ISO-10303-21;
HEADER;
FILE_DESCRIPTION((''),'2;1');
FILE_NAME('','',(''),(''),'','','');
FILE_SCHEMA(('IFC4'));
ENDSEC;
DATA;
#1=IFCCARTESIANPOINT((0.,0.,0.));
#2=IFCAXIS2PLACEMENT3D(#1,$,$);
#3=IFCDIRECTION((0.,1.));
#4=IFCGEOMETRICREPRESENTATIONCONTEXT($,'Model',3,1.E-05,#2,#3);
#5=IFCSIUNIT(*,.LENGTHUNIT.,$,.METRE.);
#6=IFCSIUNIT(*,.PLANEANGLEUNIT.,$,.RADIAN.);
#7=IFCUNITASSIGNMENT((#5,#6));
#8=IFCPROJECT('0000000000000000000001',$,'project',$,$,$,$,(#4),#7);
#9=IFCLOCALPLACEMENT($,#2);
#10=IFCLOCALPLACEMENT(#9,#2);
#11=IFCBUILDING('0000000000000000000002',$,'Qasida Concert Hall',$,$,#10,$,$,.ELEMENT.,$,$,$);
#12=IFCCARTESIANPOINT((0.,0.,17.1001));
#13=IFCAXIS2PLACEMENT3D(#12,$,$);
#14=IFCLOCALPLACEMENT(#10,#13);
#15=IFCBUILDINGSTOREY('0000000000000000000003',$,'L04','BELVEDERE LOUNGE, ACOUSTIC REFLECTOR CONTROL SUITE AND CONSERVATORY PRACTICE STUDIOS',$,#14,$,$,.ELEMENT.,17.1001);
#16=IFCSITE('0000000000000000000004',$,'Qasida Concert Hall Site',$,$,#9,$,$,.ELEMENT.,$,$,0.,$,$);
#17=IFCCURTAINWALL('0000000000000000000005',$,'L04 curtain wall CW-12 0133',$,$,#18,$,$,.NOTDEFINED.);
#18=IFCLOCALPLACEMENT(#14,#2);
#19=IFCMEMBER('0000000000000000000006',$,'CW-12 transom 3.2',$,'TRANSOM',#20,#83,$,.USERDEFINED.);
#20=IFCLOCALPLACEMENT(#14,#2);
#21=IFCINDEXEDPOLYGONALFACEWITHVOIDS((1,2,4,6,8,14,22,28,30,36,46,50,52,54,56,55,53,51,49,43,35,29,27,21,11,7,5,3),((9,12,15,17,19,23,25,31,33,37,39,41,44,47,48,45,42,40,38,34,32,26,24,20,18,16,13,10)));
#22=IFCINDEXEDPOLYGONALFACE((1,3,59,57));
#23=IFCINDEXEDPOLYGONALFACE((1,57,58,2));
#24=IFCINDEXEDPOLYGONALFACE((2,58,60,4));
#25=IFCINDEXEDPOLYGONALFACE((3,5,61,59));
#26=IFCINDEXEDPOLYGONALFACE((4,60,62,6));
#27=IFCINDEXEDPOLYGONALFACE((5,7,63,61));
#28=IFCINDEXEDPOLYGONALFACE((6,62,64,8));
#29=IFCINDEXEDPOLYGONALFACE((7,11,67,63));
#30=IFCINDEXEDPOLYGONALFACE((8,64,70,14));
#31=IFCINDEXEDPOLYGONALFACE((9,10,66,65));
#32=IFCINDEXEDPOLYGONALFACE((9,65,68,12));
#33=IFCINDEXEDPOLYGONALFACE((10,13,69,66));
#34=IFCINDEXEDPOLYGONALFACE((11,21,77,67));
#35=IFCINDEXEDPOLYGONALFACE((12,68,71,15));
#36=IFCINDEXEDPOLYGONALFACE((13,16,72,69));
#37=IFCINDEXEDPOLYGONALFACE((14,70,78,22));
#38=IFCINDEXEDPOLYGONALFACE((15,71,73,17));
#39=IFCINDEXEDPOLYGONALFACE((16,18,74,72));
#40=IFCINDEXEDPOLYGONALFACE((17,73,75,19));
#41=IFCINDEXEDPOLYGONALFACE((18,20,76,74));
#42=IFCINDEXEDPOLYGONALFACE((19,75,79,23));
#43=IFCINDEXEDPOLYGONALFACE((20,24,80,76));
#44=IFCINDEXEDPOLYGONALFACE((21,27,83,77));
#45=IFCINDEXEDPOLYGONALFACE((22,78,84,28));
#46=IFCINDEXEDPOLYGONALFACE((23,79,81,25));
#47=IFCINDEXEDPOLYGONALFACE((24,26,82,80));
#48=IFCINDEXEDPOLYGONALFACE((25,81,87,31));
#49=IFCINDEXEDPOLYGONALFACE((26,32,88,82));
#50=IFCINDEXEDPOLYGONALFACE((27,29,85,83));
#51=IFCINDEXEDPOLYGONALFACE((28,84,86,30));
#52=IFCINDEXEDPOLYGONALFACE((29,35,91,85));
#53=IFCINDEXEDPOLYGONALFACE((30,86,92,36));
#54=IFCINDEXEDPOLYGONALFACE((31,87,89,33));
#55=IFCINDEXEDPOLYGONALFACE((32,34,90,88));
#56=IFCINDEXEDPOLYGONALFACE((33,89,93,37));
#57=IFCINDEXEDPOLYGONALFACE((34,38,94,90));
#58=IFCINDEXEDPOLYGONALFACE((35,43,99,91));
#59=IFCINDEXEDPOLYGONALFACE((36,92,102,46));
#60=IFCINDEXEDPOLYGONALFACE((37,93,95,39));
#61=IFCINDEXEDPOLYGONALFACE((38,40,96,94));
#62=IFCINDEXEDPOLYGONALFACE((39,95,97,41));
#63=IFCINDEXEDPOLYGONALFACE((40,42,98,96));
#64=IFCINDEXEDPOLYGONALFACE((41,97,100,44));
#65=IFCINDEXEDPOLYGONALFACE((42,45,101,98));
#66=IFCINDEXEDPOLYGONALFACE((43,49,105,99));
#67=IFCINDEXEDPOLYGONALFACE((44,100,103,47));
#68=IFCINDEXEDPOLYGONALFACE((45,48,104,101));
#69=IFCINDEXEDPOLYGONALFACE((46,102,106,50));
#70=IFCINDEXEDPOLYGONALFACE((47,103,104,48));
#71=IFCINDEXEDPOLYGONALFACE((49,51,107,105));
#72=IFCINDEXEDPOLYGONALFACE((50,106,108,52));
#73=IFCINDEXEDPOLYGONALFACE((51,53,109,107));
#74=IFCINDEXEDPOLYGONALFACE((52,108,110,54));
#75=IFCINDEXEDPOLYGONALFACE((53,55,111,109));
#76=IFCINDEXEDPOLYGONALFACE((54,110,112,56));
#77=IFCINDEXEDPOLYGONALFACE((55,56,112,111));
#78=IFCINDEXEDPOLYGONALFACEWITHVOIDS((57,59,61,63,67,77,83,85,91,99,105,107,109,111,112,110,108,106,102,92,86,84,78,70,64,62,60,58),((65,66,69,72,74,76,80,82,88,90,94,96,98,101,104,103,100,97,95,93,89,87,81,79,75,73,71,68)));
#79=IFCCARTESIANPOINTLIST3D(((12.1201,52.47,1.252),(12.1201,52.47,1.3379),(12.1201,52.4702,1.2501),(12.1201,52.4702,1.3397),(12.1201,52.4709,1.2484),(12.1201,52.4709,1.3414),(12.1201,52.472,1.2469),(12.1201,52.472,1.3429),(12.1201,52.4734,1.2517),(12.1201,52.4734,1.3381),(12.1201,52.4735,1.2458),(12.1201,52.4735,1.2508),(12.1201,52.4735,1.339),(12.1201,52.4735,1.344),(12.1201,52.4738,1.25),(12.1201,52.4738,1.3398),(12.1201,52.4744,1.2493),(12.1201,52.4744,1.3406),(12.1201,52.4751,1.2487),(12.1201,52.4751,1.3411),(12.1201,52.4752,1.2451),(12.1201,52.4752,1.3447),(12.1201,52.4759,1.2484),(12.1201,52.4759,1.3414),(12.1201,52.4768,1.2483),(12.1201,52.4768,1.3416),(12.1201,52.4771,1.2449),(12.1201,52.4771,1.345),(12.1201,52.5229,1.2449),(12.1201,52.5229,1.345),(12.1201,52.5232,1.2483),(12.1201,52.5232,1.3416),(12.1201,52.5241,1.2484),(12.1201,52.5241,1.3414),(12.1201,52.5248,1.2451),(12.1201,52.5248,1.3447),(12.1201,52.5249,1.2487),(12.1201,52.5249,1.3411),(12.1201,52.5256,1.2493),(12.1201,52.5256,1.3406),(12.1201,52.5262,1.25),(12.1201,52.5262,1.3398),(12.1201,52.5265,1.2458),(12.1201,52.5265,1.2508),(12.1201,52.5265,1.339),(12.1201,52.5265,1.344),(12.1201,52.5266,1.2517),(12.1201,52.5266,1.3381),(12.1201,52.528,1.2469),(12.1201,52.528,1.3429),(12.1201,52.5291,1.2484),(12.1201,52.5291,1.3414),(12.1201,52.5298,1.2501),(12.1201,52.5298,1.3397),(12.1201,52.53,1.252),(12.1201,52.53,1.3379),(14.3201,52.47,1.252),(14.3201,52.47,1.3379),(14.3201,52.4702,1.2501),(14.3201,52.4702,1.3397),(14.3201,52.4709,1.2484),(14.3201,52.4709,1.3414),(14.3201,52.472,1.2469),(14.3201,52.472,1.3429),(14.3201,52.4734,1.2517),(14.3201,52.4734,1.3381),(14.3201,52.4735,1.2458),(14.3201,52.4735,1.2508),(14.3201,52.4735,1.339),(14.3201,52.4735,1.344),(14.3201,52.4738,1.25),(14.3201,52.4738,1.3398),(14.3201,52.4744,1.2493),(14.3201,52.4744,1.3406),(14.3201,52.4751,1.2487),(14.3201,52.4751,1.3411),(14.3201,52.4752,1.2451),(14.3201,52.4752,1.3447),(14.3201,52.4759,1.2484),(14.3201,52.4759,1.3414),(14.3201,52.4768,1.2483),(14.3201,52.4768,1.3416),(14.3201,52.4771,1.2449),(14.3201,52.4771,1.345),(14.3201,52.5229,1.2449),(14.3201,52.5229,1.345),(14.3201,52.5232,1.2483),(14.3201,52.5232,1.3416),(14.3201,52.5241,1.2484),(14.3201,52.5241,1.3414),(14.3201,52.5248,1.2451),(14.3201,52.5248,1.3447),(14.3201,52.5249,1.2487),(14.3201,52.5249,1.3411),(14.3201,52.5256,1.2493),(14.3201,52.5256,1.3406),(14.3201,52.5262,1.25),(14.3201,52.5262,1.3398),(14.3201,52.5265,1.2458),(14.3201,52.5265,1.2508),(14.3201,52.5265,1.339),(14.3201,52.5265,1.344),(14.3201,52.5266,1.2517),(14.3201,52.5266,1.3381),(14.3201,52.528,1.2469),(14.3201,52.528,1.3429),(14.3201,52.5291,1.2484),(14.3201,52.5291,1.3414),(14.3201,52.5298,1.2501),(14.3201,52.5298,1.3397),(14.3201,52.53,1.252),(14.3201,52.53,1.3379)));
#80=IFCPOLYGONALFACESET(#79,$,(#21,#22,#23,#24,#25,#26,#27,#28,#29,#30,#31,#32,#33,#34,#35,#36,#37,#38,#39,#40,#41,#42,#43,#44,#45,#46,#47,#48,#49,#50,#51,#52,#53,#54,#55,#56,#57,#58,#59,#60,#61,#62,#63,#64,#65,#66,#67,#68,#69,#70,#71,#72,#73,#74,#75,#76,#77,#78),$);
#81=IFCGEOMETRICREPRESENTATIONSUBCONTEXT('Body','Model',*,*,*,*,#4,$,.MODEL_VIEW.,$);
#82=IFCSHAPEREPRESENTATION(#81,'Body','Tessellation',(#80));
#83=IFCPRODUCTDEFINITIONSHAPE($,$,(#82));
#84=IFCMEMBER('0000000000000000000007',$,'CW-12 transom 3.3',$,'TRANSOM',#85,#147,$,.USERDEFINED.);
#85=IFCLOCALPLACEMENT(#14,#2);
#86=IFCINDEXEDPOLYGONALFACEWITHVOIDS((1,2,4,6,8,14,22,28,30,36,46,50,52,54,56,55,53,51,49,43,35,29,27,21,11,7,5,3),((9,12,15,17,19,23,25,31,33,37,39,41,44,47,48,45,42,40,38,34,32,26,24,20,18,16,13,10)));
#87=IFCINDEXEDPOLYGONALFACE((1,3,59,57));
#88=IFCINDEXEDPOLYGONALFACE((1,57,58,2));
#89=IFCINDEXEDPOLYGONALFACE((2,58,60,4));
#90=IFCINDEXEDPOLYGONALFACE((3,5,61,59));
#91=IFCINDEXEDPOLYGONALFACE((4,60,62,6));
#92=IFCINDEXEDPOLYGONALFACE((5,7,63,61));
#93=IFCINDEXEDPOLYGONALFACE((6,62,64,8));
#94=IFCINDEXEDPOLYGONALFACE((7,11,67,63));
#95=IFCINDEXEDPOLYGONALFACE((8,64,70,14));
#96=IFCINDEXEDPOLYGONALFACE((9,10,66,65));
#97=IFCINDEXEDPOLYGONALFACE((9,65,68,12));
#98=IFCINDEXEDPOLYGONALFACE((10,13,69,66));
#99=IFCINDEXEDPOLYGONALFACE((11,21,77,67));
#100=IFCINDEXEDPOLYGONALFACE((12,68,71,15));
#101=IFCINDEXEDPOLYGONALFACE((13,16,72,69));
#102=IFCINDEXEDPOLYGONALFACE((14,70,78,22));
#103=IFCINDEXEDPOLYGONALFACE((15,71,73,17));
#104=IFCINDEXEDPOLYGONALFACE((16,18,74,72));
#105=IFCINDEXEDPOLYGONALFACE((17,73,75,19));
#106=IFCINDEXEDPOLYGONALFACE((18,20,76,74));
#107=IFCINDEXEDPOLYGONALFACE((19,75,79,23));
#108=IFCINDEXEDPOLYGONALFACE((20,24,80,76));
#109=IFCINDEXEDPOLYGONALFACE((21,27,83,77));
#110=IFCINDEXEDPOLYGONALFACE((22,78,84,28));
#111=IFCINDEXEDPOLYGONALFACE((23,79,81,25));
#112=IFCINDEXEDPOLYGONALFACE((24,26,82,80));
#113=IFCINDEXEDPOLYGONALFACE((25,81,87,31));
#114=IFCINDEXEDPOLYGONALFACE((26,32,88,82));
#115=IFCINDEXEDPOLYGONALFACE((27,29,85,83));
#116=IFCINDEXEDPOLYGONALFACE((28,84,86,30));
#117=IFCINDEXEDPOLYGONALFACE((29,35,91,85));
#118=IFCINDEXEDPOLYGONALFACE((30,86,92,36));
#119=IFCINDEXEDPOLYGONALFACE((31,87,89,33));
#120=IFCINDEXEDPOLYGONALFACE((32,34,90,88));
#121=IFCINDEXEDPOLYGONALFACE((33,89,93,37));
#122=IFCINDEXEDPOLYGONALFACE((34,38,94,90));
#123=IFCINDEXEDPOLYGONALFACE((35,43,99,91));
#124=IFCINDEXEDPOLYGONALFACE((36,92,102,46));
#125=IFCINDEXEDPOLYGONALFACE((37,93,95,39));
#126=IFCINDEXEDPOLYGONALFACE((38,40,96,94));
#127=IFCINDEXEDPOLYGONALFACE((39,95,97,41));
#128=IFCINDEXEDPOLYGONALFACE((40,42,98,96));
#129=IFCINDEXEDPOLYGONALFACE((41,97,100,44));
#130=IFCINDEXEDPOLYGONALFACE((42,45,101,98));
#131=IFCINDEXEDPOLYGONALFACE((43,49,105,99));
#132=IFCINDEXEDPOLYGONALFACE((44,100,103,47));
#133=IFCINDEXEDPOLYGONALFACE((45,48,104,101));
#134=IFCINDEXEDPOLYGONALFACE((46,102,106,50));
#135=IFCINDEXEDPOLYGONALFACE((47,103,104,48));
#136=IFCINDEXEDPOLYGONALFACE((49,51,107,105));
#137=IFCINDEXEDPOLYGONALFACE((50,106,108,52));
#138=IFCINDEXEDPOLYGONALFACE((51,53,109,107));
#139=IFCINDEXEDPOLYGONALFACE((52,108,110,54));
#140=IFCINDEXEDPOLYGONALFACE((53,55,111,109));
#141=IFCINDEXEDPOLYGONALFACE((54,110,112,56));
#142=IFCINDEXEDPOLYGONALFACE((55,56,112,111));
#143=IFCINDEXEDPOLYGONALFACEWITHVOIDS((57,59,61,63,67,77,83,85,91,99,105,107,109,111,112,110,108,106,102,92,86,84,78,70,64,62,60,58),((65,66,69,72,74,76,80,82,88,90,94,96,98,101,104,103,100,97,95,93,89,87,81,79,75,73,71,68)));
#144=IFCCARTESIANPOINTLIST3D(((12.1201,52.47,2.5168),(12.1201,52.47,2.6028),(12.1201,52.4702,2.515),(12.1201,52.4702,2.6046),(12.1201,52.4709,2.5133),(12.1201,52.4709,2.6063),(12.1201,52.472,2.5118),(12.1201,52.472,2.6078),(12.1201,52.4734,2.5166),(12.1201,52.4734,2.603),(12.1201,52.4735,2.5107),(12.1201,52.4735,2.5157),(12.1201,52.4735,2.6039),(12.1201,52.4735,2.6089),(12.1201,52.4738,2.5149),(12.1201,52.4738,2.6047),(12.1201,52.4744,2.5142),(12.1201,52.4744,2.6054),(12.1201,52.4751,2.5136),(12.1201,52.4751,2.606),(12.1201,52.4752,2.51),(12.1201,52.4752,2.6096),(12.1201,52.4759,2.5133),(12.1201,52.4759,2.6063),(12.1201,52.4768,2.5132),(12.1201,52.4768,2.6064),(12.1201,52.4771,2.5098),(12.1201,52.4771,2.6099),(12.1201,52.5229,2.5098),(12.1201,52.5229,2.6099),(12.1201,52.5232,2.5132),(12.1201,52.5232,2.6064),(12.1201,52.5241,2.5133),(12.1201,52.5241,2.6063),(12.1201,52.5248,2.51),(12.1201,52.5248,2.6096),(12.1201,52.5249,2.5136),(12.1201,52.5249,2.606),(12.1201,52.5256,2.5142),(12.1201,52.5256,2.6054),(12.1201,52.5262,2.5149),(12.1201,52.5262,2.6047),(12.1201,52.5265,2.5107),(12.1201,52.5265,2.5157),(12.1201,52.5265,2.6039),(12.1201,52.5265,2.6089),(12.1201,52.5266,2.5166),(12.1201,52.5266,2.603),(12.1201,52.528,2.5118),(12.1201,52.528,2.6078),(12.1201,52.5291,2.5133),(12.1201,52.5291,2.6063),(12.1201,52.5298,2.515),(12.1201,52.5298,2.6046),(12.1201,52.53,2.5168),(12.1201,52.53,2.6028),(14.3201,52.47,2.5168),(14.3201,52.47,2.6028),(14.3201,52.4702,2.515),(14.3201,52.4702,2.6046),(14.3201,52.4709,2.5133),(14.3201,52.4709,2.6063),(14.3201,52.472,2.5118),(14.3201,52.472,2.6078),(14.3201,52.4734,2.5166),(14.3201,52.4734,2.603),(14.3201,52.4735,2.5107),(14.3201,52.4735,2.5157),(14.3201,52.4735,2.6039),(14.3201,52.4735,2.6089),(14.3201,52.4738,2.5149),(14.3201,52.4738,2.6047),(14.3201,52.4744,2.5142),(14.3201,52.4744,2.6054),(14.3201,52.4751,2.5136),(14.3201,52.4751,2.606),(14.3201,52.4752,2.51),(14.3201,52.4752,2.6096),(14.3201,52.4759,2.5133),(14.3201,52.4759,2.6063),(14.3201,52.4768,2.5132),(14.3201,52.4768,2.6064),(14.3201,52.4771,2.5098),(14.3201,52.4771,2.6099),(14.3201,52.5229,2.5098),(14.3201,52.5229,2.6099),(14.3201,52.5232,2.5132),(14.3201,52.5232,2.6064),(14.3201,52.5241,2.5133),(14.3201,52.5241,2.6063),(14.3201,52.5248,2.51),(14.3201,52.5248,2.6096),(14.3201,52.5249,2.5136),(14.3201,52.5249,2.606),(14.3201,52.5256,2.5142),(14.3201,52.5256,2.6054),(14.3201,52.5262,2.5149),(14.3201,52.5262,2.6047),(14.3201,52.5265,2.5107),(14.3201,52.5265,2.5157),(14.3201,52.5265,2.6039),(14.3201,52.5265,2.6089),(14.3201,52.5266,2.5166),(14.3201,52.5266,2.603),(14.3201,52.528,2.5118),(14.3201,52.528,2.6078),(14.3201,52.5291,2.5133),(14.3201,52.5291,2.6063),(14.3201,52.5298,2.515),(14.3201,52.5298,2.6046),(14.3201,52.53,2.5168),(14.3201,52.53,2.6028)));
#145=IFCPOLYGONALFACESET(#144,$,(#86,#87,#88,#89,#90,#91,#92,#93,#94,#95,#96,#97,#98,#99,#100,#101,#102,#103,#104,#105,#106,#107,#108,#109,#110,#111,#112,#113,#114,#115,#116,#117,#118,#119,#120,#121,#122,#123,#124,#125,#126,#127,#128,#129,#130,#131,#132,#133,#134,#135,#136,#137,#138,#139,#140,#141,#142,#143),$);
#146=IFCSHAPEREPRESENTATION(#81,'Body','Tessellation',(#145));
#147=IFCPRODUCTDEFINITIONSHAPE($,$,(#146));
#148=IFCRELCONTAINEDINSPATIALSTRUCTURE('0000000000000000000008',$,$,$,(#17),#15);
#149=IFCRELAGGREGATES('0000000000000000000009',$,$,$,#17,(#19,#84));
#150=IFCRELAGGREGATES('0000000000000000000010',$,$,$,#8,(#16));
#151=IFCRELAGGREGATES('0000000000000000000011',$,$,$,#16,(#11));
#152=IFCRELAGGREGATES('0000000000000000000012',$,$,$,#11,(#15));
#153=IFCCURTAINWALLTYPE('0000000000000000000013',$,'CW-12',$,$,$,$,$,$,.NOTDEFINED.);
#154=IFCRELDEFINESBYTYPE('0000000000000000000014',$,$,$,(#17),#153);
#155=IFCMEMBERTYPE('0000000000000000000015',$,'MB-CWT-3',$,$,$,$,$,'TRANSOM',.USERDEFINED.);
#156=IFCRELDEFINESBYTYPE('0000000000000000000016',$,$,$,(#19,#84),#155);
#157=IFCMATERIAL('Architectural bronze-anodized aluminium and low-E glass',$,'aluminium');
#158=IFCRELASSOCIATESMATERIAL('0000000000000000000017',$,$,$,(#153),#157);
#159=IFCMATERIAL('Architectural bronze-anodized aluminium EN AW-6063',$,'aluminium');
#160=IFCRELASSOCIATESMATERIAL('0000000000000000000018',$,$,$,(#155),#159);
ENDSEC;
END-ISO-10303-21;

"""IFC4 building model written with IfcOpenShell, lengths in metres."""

from ifc_helpers import new_model, si_unit, direction, frame, origin, origin_2d, place, context, subcontext, project, spatial, hollow_rectangle, extrude, material, material_profile, profile_set, type_object, element, aggregate, save


model = new_model("IFC4")

# Units and contexts
model_context = context("Model", 3, precision=1e-05, world=origin(), true_north=direction((0.0, 1.0)))
body_context = subcontext(model_context, "Body", "Model", "MODEL_VIEW")
ifc_project = project(units=[si_unit("LENGTHUNIT", "METRE"), si_unit("PLANEANGLEUNIT", "RADIAN")], contexts=[model_context])

# Site, building, storey
site_placement = place(None, origin())
site = spatial("IfcSite", under=ifc_project, at=site_placement, Name="Qasida Concert Hall Site", CompositionType="ELEMENT", RefElevation=0.0)
building_placement = place(site_placement, origin())
building = spatial("IfcBuilding", under=site, at=building_placement, Name="Qasida Concert Hall", CompositionType="ELEMENT")
storey_placement = place(building_placement, frame((0.0, 0.0, 17.1001)))
storey = spatial("IfcBuildingStorey", under=building, at=storey_placement, Name="L04", Description="BELVEDERE LOUNGE, ACOUSTIC REFLECTOR CONTROL SUITE AND CONSERVATORY PRACTICE STUDIOS", CompositionType="ELEMENT", Elevation=17.1001)

# Curtain wall
ifc_material_1 = material(Name="Architectural bronze-anodized aluminium and low-E glass", Category="aluminium")
curtain_wall_type = type_object("IfcCurtainWallType", Name="CW-12", PredefinedType="NOTDEFINED", material=ifc_material_1)
curtain_wall_1_placement = place(storey_placement, origin())
curtain_wall_1 = element("IfcCurtainWall", 1, at=curtain_wall_1_placement, inside=storey, type_object=curtain_wall_type, Name="L04 curtain wall CW-12 0133", PredefinedType="NOTDEFINED")
ifc_material_2 = material(Name="Architectural bronze-anodized aluminium EN AW-6063", Category="aluminium")

# Members
ifc_material_profile_1 = material_profile(ifc_material_2, hollow_rectangle(XDim=0.0601, YDim=0.1001, WallThickness=0.0034, InnerFilletRadius=0.0034, OuterFilletRadius=0.0071, at=origin_2d()), Name="CWT 100x60x3.5")
ifc_profile_set_1 = profile_set([ifc_material_profile_1], Name="Architectural bronze-anodized aluminium EN AW-6063")
member_type_1 = type_object("IfcMemberType", Name="MB-CWT-3", ElementType="TRANSOM", PredefinedType="USERDEFINED", material=ifc_profile_set_1)
member_1_placement = place(storey_placement, frame((12.1201, 52.5, 1.2949), z_axis=(1.0, 0.0, 0.0), x_axis=(0.0, 1.0, 0.0)))
member_1 = element("IfcMember", 2, at=member_1_placement, type_object=member_type_1, Name="CW-12 transom 3.2", ObjectType="TRANSOM", PredefinedType="USERDEFINED", context=body_context, shape_type="SweptSolid", body=[
    extrude(hollow_rectangle(XDim=0.0601, YDim=0.1001, WallThickness=0.0034, InnerFilletRadius=0.0034, OuterFilletRadius=0.0071, at=origin_2d()), origin(), (0.0, 0.0, 1.0), 2.2),
])
member_2_placement = place(storey_placement, frame((12.1201, 52.5, 2.5598), z_axis=(1.0, 0.0, 0.0), x_axis=(0.0, 1.0, 0.0)))
member_2 = element("IfcMember", 3, at=member_2_placement, type_object=member_type_1, Name="CW-12 transom 3.3", ObjectType="TRANSOM", PredefinedType="USERDEFINED", context=body_context, shape_type="SweptSolid", body=[
    extrude(hollow_rectangle(XDim=0.0601, YDim=0.1001, WallThickness=0.0034, InnerFilletRadius=0.0034, OuterFilletRadius=0.0071, at=origin_2d()), origin(), (0.0, 0.0, 1.0), 2.2),
])

aggregate(curtain_wall_1, [member_1, member_2])

save(model, "model.ifc")
